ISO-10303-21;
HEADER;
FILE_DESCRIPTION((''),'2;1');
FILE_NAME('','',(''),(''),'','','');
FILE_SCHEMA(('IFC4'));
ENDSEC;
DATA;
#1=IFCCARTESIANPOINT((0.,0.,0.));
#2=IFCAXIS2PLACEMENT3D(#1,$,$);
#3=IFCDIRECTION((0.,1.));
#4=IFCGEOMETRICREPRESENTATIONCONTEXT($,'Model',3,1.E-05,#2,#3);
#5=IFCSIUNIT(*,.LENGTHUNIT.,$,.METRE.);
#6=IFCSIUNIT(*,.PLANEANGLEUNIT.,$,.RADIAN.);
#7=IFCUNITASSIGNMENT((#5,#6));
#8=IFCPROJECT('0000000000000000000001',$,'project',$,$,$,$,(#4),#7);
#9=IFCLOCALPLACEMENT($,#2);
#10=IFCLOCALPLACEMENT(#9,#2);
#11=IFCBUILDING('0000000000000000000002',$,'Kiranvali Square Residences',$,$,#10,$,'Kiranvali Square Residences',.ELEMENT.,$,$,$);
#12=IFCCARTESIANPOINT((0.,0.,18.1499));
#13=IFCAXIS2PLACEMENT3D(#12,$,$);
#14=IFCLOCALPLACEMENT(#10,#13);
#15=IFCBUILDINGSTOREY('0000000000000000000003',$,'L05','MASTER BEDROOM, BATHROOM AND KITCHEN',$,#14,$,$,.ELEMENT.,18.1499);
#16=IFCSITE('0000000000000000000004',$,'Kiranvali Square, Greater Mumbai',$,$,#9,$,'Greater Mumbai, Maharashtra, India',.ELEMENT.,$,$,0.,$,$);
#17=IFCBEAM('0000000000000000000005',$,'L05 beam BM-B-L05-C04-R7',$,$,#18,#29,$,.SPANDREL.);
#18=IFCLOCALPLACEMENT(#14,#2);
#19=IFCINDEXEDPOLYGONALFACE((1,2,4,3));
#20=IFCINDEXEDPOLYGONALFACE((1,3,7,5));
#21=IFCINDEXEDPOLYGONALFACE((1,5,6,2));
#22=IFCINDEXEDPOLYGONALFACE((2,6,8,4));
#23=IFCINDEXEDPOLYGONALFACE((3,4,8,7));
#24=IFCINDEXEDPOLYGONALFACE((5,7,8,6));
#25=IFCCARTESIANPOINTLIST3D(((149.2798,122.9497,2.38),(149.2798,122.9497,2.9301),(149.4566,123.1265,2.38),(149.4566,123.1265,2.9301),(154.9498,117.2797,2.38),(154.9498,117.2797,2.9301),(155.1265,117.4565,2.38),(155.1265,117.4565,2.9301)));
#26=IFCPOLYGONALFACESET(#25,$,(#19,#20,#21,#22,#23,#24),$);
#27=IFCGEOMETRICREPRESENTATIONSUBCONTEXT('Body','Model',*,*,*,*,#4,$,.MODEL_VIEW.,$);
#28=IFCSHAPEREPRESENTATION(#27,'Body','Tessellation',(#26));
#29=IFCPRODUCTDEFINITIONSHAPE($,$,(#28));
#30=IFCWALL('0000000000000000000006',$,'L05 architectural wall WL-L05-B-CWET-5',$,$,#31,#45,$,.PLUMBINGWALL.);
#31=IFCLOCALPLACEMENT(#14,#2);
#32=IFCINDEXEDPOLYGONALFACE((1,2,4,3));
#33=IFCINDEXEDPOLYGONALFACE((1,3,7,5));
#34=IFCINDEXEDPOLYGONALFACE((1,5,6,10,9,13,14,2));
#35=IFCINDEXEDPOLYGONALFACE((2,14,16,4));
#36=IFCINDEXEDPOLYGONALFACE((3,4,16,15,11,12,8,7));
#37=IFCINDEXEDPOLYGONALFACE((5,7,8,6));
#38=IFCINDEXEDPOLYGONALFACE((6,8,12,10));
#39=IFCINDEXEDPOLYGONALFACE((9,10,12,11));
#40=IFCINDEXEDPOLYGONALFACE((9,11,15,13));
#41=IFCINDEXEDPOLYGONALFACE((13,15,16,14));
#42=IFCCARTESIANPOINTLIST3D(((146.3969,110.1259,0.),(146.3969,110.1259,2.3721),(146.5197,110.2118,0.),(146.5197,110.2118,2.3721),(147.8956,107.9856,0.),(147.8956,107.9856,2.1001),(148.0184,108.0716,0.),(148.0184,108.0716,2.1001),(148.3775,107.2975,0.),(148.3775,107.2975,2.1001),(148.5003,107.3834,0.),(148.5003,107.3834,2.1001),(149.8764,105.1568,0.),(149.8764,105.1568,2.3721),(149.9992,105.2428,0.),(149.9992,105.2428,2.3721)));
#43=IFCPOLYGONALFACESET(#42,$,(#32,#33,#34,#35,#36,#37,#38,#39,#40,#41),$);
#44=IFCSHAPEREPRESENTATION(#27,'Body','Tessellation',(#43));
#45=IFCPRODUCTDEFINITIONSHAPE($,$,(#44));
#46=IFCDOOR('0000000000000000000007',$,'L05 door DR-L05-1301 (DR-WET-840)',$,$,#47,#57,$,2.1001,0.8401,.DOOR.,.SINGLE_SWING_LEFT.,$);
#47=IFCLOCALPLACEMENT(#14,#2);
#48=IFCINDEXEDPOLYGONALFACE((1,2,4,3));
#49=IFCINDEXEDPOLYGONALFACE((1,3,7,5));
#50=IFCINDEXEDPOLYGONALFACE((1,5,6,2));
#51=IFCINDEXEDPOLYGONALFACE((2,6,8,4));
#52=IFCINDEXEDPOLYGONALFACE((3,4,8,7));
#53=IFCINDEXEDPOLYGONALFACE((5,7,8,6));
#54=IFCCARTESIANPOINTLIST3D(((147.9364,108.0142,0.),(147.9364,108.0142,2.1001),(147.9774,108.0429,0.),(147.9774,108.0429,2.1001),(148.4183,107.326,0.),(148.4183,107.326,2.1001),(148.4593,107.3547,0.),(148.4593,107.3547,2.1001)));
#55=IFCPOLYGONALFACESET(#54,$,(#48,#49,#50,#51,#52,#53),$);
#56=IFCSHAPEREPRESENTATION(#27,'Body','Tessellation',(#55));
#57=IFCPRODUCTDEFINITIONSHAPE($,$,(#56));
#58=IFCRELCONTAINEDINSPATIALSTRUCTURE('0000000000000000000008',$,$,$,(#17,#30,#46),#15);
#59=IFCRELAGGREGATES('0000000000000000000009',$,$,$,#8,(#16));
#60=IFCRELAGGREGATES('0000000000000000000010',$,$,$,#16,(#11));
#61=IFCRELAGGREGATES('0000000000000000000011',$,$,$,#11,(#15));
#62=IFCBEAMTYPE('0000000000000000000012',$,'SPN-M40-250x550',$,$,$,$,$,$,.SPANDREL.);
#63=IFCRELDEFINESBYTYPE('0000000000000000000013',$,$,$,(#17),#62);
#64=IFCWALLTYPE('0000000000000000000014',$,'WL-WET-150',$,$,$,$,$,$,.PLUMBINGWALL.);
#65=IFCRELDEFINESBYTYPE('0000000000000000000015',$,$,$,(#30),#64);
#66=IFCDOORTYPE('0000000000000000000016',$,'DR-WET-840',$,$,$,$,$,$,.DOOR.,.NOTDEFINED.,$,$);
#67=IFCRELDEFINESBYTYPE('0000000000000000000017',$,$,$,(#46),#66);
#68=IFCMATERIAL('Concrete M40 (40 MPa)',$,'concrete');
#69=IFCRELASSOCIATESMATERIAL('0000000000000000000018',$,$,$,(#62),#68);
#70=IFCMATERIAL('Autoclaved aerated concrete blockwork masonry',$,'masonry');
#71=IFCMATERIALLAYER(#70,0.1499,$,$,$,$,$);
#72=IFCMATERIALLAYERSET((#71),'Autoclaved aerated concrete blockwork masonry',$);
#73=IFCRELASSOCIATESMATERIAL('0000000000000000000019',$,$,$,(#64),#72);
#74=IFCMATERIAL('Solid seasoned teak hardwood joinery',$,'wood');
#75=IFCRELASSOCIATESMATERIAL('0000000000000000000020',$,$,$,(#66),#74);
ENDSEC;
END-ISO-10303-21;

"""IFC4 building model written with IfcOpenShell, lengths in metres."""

from ifc_helpers import new_model, si_unit, direction, frame, frame_2d, origin, origin_2d, place, context, subcontext, project, spatial, rectangle, extrude, material, layer, layer_set, material_profile, profile_set, type_object, element, fill, save


model = new_model("IFC4")

# Units and contexts
model_context = context("Model", 3, precision=1e-05, world=origin(), true_north=direction((0.0, 1.0)))
body_context = subcontext(model_context, "Body", "Model", "MODEL_VIEW")
ifc_project = project(units=[si_unit("LENGTHUNIT", "METRE"), si_unit("PLANEANGLEUNIT", "RADIAN")], contexts=[model_context])

# Site, building, storey
site_placement = place(None, origin())
site = spatial("IfcSite", under=ifc_project, at=site_placement, Name="Kiranvali Square, Greater Mumbai", LongName="Greater Mumbai, Maharashtra, India", CompositionType="ELEMENT", RefElevation=0.0)
building_placement = place(site_placement, origin())
building = spatial("IfcBuilding", under=site, at=building_placement, Name="Kiranvali Square Residences", LongName="Kiranvali Square Residences", CompositionType="ELEMENT")
storey_placement = place(building_placement, frame((0.0, 0.0, 18.1499)))
storey = spatial("IfcBuildingStorey", under=building, at=storey_placement, Name="L05", Description="MASTER BEDROOM, BATHROOM AND KITCHEN", CompositionType="ELEMENT", Elevation=18.1499)

# Beam
ifc_material_1 = material(Name="Concrete M40 (40 MPa)", Category="concrete")
ifc_material_profile_1 = material_profile(ifc_material_1, rectangle(XDim=0.25, YDim=0.55, at=origin_2d()), Name="RC 250x550")
ifc_profile_set_1 = profile_set([ifc_material_profile_1], Name="Concrete M40 (40 MPa)")
beam_type_1 = type_object("IfcBeamType", Name="SPN-M40-250x550", PredefinedType="SPANDREL", material=ifc_profile_set_1)
beam_1_placement = place(storey_placement, frame((149.3682, 123.0381, 2.655), z_axis=(0.707107, -0.707107, 0.0), x_axis=(0.707107, 0.707107, 0.0)))
element("IfcBeam", 1, at=beam_1_placement, inside=storey, type_object=beam_type_1, Name="L05 beam BM-B-L05-C04-R7", PredefinedType="SPANDREL", context=body_context, shape_type="SweptSolid", body=[
    extrude(rectangle(XDim=0.25, YDim=0.55, at=origin_2d()), origin(), (0.0, 0.0, 1.0), 8.0186),
])

# Wall, opening, door
ifc_material_2 = material(Name="Autoclaved aerated concrete blockwork masonry", Category="masonry")
ifc_layer_1 = layer(ifc_material_2, 0.1499)
ifc_layer_set_1 = layer_set([ifc_layer_1], Name="Autoclaved aerated concrete blockwork masonry")
wall_type_1 = type_object("IfcWallType", Name="WL-WET-150", PredefinedType="PLUMBINGWALL", material=ifc_layer_set_1)
wall_1_placement = place(storey_placement, frame((146.4583, 110.1689, 0.0), z_axis=(0.0, 0.0, 1.0), x_axis=(0.573595, -0.819139, 0.0)))
wall_1 = element("IfcWall", 2, at=wall_1_placement, inside=storey, type_object=wall_type_1, Name="L05 architectural wall WL-L05-B-CWET-5", PredefinedType="PLUMBINGWALL", context=body_context, shape_type="SweptSolid", body=[
    extrude(rectangle(XDim=6.0662, YDim=0.1499, at=frame_2d((3.0332, 0.0))), origin(), (0.0, 0.0, 1.0), 2.3721),
])
opening_1_placement = place(wall_1_placement, frame((2.613, 0.0, 0.0)))
opening_1 = element("IfcOpeningElement", 3, at=opening_1_placement, cuts=wall_1, PredefinedType="OPENING", context=body_context, shape_type="SweptSolid", body=[
    extrude(rectangle(XDim=0.8401, YDim=2.1001, at=frame_2d((0.4199, 1.05))), frame((0.0, 0.085, 0.0), z_axis=(0.0, -1.0, 0.0), x_axis=(1.0, 0.0, 0.0)), (0.0, 0.0, 1.0), 0.1699),
])
ifc_material_3 = material(Name="Solid seasoned teak hardwood joinery", Category="wood")
door_type_1 = type_object("IfcDoorType", Name="DR-WET-840", OperationType="NOTDEFINED", PredefinedType="DOOR", material=ifc_material_3)
door_1_placement = place(opening_1_placement, origin())
door_1 = element("IfcDoor", 4, at=door_1_placement, inside=storey, type_object=door_type_1, Name="L05 door DR-L05-1301 (DR-WET-840)", OperationType="SINGLE_SWING_LEFT", OverallHeight=2.1001, OverallWidth=0.8401, PredefinedType="DOOR", context=body_context, shape_type="SweptSolid", body=[
    extrude(rectangle(XDim=0.8401, YDim=2.1001, at=frame_2d((0.4199, 1.05))), frame((0.0, 0.0249, 0.0), z_axis=(0.0, -1.0, 0.0), x_axis=(1.0, 0.0, 0.0)), (0.0, 0.0, 1.0), 0.05),
])
fill(opening_1, door_1)

save(model, "model.ifc")
